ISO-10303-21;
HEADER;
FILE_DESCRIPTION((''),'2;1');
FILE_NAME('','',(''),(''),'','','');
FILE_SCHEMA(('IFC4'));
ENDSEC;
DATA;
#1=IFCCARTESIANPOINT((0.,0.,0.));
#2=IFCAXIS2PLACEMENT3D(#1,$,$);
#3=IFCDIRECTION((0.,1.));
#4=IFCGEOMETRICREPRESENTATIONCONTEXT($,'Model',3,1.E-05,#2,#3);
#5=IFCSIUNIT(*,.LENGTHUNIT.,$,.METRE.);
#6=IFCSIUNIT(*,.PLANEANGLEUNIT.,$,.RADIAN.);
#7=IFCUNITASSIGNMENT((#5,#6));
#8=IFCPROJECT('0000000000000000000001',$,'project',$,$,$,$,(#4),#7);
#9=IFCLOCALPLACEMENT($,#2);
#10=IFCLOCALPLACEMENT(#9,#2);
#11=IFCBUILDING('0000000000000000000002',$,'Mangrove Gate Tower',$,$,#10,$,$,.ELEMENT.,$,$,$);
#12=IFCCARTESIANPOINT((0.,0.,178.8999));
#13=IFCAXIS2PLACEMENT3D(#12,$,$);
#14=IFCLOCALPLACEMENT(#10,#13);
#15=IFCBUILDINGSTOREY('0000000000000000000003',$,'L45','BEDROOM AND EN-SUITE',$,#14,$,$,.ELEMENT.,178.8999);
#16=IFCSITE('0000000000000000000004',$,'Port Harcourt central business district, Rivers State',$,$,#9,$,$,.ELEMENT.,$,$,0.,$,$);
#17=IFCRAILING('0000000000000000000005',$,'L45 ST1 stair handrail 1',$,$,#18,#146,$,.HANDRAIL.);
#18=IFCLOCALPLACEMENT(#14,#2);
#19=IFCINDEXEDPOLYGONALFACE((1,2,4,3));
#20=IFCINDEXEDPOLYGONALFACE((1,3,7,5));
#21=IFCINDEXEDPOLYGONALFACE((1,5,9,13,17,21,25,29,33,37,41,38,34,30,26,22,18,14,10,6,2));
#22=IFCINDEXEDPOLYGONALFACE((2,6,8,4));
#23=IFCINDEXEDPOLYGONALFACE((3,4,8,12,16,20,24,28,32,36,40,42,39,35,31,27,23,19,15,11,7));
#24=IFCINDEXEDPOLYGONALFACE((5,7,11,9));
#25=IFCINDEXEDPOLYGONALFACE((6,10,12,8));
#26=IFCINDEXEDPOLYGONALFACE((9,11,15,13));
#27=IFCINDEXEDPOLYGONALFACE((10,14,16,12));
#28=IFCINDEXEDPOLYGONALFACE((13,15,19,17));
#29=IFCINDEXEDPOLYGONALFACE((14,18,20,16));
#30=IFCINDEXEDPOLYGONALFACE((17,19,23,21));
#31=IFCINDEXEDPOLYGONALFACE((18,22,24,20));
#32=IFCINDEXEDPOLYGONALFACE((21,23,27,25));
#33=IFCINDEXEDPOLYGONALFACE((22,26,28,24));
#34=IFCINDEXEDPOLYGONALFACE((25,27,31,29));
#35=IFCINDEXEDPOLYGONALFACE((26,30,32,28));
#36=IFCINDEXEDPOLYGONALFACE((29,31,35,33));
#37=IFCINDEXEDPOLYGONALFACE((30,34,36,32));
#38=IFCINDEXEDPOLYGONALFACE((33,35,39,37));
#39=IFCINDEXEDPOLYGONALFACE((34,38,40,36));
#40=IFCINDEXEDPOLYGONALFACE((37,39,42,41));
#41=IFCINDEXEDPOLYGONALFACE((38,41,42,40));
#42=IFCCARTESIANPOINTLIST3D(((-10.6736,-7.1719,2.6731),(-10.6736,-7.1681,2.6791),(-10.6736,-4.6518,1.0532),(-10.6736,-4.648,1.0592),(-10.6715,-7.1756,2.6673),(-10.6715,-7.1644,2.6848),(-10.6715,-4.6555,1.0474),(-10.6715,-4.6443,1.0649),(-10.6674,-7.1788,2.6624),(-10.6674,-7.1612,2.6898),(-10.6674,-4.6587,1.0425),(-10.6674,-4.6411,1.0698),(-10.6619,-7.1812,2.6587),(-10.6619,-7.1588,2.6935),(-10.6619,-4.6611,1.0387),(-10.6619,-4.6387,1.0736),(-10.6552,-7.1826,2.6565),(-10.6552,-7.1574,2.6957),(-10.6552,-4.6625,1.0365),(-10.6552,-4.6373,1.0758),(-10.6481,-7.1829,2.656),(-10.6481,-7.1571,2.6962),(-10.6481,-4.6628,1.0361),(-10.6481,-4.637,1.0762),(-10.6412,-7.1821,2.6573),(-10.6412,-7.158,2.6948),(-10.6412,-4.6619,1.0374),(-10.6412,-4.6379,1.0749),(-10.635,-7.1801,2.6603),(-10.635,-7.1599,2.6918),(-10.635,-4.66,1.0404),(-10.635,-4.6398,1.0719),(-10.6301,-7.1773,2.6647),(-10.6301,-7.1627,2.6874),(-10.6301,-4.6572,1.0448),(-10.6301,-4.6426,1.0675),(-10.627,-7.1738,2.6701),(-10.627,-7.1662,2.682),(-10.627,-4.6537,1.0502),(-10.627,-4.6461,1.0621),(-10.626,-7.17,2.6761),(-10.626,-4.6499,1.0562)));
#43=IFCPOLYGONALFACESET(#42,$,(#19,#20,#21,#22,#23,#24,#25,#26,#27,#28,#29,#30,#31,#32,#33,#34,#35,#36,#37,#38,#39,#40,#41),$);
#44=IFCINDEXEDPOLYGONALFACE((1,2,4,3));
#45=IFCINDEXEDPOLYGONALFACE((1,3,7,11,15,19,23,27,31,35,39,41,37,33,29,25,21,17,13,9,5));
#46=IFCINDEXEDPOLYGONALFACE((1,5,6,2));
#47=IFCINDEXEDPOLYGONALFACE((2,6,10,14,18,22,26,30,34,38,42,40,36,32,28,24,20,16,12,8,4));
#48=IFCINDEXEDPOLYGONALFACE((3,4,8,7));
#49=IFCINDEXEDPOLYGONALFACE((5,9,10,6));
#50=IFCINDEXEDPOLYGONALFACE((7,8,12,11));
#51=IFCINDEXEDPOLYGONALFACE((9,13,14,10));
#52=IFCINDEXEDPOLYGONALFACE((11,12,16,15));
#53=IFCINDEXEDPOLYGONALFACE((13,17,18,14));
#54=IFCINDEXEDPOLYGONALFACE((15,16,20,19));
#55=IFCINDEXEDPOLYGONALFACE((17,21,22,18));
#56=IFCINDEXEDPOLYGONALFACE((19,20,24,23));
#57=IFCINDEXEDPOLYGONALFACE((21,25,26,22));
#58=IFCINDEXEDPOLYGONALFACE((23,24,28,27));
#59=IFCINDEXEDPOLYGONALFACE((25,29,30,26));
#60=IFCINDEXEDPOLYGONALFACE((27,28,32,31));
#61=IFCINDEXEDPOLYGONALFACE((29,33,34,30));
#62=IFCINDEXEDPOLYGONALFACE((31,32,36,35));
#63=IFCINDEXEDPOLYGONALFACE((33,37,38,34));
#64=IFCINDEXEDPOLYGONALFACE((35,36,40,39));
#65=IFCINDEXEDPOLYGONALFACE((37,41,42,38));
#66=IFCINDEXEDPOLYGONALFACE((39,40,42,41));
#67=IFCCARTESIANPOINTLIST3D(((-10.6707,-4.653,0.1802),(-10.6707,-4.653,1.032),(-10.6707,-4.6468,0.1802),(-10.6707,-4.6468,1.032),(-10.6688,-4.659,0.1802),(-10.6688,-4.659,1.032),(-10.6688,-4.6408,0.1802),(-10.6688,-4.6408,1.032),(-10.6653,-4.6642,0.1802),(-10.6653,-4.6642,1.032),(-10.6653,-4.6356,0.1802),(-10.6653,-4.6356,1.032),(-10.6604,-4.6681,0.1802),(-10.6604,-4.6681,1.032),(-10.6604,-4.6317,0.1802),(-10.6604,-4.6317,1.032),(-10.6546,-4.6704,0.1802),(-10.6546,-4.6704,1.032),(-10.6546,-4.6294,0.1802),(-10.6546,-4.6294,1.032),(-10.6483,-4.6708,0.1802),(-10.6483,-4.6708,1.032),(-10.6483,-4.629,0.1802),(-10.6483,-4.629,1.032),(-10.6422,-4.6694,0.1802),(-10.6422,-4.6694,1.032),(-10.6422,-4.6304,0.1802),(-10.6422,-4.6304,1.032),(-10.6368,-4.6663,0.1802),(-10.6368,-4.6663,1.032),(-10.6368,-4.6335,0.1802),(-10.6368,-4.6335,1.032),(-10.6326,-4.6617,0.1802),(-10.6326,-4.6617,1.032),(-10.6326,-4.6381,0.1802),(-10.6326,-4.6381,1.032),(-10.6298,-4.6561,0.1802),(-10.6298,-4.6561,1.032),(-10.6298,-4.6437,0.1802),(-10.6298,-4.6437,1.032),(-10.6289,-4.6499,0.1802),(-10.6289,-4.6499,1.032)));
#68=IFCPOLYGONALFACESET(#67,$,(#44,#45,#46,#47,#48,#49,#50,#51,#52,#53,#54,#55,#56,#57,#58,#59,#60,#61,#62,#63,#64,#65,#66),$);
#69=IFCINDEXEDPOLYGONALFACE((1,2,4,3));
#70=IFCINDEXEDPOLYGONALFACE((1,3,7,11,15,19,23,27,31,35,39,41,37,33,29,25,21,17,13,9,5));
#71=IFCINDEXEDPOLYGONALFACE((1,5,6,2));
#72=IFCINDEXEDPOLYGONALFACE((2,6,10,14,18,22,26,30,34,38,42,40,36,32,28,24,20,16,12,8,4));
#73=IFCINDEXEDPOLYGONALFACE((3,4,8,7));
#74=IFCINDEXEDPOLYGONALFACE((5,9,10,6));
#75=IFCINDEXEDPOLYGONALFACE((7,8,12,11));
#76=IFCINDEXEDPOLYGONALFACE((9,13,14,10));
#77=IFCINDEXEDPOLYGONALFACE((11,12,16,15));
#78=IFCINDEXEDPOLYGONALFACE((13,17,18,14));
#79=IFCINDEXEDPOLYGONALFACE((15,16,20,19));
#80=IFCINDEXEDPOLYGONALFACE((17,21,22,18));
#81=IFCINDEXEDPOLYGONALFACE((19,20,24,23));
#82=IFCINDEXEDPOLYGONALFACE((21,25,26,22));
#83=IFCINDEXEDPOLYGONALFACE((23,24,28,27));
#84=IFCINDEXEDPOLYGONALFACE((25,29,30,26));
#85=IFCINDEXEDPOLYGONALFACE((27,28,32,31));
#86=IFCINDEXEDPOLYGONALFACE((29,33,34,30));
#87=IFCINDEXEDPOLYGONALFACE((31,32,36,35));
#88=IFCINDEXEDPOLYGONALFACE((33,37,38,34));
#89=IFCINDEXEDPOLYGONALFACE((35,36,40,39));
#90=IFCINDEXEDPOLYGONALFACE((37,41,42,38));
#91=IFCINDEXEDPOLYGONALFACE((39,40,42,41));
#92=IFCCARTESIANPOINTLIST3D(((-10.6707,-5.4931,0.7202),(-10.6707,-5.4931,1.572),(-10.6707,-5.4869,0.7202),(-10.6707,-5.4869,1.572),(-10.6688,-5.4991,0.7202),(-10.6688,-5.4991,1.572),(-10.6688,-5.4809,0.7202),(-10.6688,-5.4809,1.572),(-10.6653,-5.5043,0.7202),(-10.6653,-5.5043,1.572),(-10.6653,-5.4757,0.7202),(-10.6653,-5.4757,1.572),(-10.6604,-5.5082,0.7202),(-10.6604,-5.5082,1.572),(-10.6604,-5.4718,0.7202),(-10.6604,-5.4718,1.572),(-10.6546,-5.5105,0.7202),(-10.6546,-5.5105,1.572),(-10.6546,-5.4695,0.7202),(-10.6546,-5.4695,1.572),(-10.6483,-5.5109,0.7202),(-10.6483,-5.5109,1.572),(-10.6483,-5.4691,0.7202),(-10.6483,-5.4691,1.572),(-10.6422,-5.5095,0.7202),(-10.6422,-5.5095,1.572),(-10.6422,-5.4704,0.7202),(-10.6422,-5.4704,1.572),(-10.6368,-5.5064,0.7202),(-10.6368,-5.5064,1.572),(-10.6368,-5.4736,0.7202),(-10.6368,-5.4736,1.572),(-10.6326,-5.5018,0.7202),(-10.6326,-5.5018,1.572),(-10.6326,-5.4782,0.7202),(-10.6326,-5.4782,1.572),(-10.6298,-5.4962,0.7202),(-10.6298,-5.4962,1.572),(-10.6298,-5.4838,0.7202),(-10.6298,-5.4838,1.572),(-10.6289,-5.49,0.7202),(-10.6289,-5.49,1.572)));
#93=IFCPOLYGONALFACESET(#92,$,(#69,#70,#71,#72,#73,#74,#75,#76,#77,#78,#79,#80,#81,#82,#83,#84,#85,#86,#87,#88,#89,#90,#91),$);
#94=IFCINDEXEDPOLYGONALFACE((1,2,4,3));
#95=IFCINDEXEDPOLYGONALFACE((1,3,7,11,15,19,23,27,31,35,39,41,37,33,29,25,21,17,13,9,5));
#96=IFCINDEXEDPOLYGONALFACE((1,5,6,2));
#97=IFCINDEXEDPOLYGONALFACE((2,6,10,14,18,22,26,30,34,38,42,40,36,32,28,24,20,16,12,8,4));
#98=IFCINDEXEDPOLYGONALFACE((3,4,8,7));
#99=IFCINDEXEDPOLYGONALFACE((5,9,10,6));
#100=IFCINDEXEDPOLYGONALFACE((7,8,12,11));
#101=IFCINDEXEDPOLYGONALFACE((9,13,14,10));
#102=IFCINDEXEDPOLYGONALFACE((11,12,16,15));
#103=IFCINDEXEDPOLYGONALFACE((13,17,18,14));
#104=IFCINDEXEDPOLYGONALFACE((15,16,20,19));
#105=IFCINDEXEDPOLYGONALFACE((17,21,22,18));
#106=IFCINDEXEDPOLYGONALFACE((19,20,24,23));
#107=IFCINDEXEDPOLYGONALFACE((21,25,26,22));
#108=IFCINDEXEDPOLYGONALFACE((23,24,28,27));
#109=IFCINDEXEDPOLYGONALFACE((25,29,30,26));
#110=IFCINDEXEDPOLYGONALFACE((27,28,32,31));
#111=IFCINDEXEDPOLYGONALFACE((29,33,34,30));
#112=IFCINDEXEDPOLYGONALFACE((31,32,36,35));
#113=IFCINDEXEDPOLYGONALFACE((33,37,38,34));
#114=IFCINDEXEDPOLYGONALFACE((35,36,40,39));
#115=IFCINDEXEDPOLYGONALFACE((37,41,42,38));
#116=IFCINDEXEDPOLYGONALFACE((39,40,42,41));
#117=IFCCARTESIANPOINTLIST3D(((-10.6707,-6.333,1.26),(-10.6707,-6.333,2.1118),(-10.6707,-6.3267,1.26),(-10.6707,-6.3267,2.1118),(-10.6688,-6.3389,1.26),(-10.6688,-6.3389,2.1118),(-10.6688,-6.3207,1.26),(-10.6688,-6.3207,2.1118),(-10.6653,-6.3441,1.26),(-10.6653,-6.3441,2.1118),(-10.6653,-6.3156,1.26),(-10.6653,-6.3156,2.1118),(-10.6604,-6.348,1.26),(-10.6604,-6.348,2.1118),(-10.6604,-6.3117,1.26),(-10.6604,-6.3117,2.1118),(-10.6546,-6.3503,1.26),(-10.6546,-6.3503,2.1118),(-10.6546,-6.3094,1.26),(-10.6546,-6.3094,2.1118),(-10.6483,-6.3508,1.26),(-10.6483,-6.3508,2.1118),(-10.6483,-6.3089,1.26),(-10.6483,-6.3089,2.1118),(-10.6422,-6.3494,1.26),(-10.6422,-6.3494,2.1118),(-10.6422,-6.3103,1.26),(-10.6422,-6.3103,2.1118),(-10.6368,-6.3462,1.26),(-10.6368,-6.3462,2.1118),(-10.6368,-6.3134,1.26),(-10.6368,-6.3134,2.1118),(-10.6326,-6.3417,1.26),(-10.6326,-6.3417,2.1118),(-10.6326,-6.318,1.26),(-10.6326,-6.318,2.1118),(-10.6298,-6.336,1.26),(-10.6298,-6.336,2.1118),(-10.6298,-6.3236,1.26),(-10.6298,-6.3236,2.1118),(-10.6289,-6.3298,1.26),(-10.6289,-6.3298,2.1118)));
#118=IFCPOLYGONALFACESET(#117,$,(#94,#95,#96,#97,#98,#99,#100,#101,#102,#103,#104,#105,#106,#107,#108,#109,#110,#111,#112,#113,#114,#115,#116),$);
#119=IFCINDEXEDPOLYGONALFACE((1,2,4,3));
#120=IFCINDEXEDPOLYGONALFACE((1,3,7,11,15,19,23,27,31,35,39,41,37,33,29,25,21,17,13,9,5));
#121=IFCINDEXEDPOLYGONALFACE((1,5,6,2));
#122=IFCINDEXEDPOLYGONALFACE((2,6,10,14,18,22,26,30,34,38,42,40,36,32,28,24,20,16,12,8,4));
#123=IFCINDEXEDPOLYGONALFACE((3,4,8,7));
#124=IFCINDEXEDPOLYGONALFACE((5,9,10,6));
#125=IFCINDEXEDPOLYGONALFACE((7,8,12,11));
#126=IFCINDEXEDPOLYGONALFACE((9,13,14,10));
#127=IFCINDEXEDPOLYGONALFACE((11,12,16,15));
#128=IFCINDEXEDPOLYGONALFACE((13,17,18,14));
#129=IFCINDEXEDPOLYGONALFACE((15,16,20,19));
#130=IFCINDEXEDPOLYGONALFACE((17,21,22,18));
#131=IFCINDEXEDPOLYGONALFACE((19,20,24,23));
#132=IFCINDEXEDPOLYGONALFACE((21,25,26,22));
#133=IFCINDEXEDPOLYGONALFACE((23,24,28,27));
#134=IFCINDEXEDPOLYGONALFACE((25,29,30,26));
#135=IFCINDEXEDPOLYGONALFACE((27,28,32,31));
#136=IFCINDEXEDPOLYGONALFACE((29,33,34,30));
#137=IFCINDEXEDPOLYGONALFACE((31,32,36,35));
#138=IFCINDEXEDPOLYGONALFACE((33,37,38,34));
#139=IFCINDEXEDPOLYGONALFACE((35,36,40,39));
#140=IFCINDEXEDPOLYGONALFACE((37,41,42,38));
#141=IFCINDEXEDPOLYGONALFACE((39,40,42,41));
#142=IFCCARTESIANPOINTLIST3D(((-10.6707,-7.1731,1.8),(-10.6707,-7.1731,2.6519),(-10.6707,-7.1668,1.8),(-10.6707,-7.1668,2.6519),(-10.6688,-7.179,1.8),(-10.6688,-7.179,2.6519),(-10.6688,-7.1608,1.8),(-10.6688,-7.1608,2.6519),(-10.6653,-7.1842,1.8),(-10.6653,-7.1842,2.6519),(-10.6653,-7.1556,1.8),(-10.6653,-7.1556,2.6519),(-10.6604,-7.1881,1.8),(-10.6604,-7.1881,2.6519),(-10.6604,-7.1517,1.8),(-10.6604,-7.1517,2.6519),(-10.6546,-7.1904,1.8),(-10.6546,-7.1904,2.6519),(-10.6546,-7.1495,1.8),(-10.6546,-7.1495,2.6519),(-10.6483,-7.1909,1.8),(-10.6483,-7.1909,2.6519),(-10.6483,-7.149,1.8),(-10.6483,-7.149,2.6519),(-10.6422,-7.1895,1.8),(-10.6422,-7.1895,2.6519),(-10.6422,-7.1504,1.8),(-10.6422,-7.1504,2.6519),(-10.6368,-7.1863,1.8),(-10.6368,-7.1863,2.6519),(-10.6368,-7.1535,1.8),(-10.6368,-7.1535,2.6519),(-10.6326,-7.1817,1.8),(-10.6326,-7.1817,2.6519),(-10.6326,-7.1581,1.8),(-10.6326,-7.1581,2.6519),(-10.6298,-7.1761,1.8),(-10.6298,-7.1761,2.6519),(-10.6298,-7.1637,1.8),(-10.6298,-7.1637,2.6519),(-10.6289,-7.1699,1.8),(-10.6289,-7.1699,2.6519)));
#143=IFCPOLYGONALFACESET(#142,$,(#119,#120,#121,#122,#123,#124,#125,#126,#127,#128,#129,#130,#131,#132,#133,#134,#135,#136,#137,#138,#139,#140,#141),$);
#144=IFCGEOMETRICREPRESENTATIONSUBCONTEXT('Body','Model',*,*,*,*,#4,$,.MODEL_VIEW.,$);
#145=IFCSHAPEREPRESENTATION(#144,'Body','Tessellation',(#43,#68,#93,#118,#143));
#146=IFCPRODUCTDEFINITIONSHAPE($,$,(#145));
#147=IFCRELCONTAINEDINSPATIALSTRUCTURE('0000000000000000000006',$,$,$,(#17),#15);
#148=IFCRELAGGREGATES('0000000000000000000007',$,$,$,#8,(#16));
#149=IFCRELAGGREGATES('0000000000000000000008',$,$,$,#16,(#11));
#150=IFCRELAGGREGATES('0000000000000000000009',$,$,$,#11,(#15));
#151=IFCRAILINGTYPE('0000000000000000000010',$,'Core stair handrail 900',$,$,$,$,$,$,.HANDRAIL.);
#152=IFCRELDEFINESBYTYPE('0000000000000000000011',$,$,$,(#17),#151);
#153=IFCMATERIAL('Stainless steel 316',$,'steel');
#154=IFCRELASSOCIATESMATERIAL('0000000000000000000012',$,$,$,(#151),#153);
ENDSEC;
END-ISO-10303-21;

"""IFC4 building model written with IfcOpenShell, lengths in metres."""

from ifc_helpers import new_model, si_unit, direction, frame, origin, origin_2d, place, context, subcontext, project, spatial, circle, extrude, material, type_object, element, save


model = new_model("IFC4")

# Units and contexts
model_context = context("Model", 3, precision=1e-05, world=origin(), true_north=direction((0.0, 1.0)))
body_context = subcontext(model_context, "Body", "Model", "MODEL_VIEW")
ifc_project = project(units=[si_unit("LENGTHUNIT", "METRE"), si_unit("PLANEANGLEUNIT", "RADIAN")], contexts=[model_context])

# Site, building, storey
site_placement = place(None, origin())
site = spatial("IfcSite", under=ifc_project, at=site_placement, Name="Port Harcourt central business district, Rivers State", CompositionType="ELEMENT", RefElevation=0.0)
building_placement = place(site_placement, origin())
building = spatial("IfcBuilding", under=site, at=building_placement, Name="Mangrove Gate Tower", CompositionType="ELEMENT")
storey_placement = place(building_placement, frame((0.0, 0.0, 178.8999)))
storey = spatial("IfcBuildingStorey", under=building, at=storey_placement, Name="L45", Description="BEDROOM AND EN-SUITE", CompositionType="ELEMENT", Elevation=178.8999)

# Railing
ifc_material_1 = material(Name="Stainless steel 316", Category="steel")
railing_type_1 = type_object("IfcRailingType", Name="Core stair handrail 900", PredefinedType="HANDRAIL", material=ifc_material_1)
railing_1_placement = place(storey_placement, frame((-10.6499, -4.6499, 0.1802)))
element("IfcRailing", 1, at=railing_1_placement, inside=storey, type_object=railing_type_1, Name="L45 ST1 stair handrail 1", PredefinedType="HANDRAIL", context=body_context, shape_type="SweptSolid", body=[
    extrude(circle(Radius=0.0239, at=origin_2d()), frame((0.0, 0.0, 0.876), z_axis=(0.0, -0.8412, 0.540725), x_axis=(1.0, 0.0, 0.0)), (0.0, 0.0, 1.0), 2.9958),
    extrude(circle(Radius=0.021, at=origin_2d()), origin(), (0.0, 0.0, 1.0), 0.8518),
    extrude(circle(Radius=0.021, at=origin_2d()), frame((0.0, -0.8401, 0.54)), (0.0, 0.0, 1.0), 0.8518),
    extrude(circle(Radius=0.021, at=origin_2d()), frame((0.0, -1.6799, 1.0798)), (0.0, 0.0, 1.0), 0.8518),
    extrude(circle(Radius=0.021, at=origin_2d()), frame((0.0, -2.52, 1.6199)), (0.0, 0.0, 1.0), 0.8518),
])

save(model, "model.ifc")
